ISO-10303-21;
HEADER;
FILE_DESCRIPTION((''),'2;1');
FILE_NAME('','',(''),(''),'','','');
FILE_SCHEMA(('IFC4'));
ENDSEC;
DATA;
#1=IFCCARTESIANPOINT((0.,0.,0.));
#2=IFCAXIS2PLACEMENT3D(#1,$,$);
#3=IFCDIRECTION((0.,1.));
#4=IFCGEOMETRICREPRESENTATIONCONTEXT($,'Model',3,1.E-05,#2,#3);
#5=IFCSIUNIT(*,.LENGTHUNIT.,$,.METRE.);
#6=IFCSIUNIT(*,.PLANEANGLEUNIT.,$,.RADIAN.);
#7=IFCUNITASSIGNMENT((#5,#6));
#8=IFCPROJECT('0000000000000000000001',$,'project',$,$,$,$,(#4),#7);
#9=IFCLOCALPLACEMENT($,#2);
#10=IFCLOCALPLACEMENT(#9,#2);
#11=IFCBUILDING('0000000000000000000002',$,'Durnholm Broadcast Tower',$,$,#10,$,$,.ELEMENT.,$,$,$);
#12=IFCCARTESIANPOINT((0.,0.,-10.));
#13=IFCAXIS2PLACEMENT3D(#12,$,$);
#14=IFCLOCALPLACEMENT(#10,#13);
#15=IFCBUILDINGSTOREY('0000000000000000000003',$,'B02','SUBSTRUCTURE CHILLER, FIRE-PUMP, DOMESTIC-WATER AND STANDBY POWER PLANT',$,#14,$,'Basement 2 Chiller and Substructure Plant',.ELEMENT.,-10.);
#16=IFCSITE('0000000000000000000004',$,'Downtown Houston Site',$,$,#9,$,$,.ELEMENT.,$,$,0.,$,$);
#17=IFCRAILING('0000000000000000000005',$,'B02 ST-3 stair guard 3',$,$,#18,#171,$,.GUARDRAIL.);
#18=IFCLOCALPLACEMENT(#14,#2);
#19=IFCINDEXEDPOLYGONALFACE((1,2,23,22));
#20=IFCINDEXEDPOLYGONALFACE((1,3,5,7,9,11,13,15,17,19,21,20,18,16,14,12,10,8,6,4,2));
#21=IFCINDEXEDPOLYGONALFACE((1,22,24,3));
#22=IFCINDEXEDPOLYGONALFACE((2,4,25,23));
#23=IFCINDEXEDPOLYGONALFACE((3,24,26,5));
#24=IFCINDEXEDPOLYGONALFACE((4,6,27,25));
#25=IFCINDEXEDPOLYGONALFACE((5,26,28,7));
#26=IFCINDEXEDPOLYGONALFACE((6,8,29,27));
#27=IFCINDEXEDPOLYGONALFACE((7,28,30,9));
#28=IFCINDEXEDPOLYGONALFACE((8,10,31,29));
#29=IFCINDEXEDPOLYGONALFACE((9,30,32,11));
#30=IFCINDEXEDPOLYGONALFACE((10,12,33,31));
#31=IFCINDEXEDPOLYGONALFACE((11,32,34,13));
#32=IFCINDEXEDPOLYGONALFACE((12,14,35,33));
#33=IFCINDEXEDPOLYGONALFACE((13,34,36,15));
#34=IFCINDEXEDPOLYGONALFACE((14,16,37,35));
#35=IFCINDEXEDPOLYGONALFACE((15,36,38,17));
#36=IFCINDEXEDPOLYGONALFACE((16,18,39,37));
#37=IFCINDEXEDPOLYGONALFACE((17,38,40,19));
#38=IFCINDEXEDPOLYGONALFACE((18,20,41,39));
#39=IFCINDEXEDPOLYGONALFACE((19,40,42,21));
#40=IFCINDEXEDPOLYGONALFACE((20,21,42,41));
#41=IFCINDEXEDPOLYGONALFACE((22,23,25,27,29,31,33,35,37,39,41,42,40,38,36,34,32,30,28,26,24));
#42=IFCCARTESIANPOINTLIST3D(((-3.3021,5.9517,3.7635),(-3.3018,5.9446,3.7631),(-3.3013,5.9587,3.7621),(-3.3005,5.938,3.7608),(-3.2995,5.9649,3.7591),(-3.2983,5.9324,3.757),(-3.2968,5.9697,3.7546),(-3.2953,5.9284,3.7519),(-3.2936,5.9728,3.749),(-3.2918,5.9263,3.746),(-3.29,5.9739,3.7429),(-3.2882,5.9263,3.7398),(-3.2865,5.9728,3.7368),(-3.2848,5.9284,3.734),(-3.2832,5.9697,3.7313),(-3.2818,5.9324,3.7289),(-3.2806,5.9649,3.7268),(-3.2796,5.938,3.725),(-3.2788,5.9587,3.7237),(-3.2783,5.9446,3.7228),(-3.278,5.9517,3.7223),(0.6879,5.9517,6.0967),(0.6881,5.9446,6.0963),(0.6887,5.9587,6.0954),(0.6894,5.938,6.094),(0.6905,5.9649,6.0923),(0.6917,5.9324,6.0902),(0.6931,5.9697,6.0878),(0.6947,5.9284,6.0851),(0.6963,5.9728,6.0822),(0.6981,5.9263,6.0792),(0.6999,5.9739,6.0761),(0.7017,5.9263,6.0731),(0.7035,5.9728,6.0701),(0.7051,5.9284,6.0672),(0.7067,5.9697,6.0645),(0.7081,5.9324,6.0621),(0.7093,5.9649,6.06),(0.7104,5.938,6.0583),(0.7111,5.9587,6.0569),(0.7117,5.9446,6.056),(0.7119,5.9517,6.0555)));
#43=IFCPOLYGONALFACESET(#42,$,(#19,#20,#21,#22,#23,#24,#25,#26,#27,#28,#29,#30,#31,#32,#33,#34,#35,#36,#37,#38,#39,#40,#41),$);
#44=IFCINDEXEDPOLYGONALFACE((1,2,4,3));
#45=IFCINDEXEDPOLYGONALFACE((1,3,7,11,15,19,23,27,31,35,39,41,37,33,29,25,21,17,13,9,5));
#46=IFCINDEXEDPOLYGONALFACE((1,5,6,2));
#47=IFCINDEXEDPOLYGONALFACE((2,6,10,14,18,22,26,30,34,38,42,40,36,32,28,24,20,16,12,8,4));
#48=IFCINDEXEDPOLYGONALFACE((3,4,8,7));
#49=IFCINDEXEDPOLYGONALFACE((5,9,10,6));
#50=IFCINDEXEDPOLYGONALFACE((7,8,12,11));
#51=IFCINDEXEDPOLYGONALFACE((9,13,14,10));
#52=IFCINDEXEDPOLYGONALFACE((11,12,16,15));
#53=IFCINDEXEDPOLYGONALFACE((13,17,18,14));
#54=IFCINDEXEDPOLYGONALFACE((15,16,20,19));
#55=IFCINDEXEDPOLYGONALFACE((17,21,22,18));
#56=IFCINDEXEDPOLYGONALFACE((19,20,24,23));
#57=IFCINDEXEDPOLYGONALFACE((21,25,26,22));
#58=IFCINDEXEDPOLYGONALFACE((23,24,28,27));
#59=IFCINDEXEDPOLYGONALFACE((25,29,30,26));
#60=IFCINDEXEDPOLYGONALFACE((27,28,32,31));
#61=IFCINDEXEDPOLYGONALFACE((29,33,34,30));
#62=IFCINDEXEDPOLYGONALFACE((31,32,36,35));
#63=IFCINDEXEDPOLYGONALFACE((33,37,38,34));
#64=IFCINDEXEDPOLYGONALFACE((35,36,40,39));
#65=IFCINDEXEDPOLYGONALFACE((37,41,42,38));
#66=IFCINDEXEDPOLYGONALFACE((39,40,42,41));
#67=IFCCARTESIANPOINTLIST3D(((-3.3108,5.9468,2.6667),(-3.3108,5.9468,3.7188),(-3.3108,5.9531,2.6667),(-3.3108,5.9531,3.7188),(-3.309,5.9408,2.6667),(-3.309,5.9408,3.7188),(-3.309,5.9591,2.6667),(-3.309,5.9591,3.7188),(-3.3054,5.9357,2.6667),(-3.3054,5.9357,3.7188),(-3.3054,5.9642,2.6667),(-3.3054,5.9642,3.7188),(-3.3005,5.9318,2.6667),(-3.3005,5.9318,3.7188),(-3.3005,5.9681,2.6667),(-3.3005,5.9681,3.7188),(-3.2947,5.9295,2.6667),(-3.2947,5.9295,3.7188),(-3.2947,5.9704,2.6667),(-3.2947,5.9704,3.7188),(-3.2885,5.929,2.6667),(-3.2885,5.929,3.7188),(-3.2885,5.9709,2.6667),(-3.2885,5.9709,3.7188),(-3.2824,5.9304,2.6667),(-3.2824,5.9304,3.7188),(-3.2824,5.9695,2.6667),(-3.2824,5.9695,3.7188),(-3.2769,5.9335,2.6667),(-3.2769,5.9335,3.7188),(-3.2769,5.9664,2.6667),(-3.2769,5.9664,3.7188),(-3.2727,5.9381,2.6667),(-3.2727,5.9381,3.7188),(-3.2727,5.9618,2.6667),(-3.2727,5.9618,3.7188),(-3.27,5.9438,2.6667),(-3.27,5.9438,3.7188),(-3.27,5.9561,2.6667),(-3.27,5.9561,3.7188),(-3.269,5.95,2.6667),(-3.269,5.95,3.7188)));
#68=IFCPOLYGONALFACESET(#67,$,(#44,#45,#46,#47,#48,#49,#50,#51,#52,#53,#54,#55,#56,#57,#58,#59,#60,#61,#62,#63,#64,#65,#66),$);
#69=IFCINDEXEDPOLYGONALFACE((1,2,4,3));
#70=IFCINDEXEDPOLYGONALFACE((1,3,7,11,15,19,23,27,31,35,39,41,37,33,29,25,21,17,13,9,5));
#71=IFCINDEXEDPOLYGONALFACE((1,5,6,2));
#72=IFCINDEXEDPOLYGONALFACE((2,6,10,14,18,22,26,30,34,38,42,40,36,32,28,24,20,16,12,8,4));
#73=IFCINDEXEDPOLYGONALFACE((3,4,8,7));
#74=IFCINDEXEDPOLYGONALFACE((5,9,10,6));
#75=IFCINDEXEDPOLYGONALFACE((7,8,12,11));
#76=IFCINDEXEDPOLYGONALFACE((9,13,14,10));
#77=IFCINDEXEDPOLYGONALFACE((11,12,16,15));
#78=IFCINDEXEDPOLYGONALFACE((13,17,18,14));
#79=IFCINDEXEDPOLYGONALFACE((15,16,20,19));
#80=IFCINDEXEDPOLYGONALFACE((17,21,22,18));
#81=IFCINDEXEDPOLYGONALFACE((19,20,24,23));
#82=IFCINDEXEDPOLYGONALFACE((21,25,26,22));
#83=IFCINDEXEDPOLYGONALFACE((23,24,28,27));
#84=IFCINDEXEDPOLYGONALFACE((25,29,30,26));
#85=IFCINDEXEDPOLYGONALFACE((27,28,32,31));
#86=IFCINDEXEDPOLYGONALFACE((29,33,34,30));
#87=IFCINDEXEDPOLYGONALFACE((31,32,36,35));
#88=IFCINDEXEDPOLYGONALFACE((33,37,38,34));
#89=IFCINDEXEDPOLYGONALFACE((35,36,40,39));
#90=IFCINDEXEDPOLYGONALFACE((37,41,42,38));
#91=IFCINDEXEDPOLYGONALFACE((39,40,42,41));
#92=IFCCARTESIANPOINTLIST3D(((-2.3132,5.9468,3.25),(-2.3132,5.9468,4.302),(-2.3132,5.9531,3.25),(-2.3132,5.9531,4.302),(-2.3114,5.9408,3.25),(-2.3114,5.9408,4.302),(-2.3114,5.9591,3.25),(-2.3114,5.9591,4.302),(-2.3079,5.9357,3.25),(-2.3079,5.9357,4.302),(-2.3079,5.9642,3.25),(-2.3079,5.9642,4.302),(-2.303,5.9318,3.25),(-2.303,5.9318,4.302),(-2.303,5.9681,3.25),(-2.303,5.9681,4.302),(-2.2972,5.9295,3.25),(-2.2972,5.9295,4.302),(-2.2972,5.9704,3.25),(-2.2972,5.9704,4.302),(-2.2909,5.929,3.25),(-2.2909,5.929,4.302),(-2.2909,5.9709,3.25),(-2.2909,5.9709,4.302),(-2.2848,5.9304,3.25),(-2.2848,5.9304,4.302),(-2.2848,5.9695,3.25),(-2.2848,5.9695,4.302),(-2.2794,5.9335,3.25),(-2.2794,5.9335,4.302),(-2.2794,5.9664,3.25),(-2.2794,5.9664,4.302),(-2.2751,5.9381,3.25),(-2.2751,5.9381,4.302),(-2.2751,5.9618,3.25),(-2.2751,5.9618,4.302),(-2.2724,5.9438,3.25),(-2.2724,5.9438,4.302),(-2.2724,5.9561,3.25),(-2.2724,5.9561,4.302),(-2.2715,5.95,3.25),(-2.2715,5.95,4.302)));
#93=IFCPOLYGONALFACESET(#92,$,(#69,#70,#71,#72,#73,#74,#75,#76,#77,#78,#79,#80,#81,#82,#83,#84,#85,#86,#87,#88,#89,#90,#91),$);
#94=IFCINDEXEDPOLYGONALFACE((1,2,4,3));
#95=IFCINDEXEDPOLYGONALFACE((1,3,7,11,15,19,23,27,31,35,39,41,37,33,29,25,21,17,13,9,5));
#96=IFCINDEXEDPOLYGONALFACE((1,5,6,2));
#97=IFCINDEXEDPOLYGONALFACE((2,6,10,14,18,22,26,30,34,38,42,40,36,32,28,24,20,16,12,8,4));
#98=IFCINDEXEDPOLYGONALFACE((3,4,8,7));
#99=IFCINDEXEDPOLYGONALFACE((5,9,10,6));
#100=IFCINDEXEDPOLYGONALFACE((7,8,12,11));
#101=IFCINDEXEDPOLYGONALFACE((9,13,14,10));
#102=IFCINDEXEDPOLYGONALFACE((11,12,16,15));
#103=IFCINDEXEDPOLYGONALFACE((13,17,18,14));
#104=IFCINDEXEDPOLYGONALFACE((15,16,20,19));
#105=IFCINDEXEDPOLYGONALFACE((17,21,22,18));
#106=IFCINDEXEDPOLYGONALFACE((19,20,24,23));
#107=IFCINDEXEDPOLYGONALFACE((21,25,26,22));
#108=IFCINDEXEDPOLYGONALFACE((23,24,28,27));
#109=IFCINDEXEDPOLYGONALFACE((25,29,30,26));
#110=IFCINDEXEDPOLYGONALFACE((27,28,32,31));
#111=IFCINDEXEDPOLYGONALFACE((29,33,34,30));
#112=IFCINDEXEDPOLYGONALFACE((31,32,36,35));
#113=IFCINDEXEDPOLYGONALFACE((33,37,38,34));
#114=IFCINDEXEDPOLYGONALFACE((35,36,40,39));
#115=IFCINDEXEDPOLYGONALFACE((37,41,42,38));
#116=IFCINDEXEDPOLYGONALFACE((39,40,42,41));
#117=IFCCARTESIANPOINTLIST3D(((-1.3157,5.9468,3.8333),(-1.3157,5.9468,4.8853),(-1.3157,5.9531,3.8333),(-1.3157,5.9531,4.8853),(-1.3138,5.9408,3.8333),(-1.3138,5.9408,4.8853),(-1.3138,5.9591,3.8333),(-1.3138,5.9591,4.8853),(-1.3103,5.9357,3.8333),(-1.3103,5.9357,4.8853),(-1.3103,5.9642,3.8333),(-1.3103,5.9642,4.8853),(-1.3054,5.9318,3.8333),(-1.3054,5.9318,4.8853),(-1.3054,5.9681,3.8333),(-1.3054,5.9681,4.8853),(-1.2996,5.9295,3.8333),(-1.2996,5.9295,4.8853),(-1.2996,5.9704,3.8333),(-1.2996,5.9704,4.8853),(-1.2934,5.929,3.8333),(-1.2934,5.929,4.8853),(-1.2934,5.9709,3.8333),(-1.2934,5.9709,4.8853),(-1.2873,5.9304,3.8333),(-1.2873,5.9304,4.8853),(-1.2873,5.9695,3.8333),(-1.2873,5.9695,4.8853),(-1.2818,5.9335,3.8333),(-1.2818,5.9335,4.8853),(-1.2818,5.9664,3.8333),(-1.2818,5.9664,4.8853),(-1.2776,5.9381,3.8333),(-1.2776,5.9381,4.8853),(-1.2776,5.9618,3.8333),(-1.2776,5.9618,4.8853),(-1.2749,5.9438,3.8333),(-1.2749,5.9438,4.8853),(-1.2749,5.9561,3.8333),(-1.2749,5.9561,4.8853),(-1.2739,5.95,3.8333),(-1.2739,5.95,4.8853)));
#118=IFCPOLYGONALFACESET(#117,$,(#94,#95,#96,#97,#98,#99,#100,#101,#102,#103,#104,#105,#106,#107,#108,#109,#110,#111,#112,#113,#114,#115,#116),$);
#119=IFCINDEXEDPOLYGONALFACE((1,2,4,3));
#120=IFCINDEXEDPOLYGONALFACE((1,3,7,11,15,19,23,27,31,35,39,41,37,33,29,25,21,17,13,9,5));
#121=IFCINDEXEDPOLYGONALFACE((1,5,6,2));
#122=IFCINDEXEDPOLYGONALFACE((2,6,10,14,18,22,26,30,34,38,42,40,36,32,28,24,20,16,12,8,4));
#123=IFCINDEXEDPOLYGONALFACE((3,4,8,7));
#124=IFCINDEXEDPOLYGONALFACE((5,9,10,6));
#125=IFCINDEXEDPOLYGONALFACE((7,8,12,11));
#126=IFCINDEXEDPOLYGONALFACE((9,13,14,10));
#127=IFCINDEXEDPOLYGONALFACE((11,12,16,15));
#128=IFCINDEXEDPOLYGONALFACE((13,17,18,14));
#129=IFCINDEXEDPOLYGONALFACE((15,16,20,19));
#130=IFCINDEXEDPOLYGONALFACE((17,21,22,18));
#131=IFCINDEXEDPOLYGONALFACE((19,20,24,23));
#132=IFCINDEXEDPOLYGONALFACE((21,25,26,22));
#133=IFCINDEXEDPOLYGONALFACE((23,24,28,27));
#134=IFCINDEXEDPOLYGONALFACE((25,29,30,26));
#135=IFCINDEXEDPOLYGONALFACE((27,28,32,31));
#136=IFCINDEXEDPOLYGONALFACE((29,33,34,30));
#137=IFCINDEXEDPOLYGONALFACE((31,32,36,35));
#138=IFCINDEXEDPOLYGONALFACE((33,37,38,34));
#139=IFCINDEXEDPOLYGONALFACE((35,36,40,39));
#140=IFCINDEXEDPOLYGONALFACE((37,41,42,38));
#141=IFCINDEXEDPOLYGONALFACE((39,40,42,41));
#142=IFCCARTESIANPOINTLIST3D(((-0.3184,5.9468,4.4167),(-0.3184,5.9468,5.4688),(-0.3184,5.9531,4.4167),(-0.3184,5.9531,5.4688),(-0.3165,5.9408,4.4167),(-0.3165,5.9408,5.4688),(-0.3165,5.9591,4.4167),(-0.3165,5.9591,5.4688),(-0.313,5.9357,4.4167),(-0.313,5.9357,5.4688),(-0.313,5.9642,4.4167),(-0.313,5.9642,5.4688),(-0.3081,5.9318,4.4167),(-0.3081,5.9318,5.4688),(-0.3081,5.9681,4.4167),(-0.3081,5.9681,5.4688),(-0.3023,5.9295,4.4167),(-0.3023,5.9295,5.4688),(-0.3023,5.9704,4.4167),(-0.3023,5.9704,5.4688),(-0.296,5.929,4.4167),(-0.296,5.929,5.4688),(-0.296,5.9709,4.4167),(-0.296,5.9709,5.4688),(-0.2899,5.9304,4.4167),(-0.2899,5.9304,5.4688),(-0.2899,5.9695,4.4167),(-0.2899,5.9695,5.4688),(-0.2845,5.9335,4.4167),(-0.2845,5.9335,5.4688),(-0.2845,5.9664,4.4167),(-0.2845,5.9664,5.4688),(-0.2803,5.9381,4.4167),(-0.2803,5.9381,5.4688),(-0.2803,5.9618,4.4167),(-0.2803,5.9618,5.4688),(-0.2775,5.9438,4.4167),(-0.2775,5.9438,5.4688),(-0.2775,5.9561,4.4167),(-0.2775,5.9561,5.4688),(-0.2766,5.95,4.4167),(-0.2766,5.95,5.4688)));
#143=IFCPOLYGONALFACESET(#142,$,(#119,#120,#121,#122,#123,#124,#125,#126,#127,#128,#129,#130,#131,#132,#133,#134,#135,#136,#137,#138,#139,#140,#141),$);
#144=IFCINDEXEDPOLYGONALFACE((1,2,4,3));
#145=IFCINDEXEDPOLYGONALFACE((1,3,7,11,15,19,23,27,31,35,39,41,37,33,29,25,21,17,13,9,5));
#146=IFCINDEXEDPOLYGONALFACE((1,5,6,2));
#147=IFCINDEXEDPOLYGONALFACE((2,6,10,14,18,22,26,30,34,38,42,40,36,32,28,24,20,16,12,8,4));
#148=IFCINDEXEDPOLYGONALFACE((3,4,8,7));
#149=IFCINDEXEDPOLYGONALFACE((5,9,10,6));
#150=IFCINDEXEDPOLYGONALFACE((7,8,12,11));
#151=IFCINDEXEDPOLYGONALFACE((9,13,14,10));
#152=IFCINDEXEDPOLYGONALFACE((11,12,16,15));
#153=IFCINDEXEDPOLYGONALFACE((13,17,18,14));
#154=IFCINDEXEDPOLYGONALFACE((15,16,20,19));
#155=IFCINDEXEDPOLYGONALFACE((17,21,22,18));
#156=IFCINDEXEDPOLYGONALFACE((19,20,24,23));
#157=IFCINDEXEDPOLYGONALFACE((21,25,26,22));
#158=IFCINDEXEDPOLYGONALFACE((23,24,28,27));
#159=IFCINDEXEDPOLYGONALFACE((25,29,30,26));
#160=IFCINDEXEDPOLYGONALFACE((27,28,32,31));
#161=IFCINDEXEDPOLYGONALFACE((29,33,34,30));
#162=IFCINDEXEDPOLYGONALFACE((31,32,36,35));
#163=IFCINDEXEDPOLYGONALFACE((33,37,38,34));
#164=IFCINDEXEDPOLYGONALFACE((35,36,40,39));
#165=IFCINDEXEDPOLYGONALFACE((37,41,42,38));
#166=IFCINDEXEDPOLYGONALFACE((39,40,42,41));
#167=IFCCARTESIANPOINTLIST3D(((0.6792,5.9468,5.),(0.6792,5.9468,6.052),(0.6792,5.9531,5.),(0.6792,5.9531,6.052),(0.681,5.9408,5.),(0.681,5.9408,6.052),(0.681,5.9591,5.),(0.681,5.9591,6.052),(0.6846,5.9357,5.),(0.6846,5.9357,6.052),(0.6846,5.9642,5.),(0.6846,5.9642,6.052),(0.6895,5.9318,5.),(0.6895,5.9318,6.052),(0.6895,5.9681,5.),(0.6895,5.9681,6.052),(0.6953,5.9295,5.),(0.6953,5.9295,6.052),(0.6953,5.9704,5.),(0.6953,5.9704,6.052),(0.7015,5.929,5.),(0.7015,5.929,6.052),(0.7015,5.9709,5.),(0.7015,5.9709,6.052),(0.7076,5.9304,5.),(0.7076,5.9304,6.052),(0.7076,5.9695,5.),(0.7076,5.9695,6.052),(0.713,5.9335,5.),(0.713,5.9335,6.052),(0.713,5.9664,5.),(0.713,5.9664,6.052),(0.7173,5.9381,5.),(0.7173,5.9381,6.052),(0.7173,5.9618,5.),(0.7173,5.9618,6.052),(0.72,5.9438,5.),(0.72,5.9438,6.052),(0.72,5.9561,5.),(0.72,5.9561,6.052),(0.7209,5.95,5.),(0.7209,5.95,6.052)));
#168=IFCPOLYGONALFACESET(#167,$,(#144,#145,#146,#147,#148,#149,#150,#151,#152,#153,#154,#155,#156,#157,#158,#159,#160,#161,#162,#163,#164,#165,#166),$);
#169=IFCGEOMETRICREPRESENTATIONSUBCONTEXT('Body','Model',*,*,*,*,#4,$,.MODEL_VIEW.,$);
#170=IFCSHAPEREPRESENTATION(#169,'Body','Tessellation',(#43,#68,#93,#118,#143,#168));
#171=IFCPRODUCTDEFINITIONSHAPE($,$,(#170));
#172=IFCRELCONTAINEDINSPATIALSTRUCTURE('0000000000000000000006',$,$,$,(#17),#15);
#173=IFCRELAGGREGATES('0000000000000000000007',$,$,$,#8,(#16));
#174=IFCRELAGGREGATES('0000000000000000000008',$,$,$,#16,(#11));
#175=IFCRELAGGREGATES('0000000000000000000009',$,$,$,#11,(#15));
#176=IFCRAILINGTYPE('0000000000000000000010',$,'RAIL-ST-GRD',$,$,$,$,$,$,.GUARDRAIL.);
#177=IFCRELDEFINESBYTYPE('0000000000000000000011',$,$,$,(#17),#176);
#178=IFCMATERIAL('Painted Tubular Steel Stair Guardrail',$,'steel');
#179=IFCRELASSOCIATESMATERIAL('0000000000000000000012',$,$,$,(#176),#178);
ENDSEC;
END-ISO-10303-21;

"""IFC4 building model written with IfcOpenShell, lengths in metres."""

from ifc_helpers import new_model, si_unit, direction, frame, origin, origin_2d, place, context, subcontext, project, spatial, circle, extrude, material, type_object, element, save


model = new_model("IFC4")

# Units and contexts
model_context = context("Model", 3, precision=1e-05, world=origin(), true_north=direction((0.0, 1.0)))
body_context = subcontext(model_context, "Body", "Model", "MODEL_VIEW")
ifc_project = project(units=[si_unit("LENGTHUNIT", "METRE"), si_unit("PLANEANGLEUNIT", "RADIAN")], contexts=[model_context])

# Site, building, storey
site_placement = place(None, origin())
site = spatial("IfcSite", under=ifc_project, at=site_placement, Name="Downtown Houston Site", CompositionType="ELEMENT", RefElevation=0.0)
building_placement = place(site_placement, origin())
building = spatial("IfcBuilding", under=site, at=building_placement, Name="Durnholm Broadcast Tower", CompositionType="ELEMENT")
storey_placement = place(building_placement, frame((0.0, 0.0, -10.0)))
storey = spatial("IfcBuildingStorey", under=building, at=storey_placement, Name="B02", Description="SUBSTRUCTURE CHILLER, FIRE-PUMP, DOMESTIC-WATER AND STANDBY POWER PLANT", LongName="Basement 2 Chiller and Substructure Plant", CompositionType="ELEMENT", Elevation=-10.0)

# Railing
ifc_material_1 = material(Name="Painted Tubular Steel Stair Guardrail", Category="steel")
railing_type_1 = type_object("IfcRailingType", Name="RAIL-ST-GRD", PredefinedType="GUARDRAIL", material=ifc_material_1)
railing_1_placement = place(storey_placement, frame((-3.29, 5.95, 2.6667)))
element("IfcRailing", 1, at=railing_1_placement, inside=storey, type_object=railing_type_1, Name="B02 ST-3 stair guard 3", PredefinedType="GUARDRAIL", context=body_context, shape_type="SweptSolid", body=[
    extrude(circle(Radius=0.0239, at=origin_2d()), frame((0.0, 0.0, 1.0762), z_axis=(0.863236, 0.0, 0.5048), x_axis=(0.0, 1.0, 0.0)), (0.0, 0.0, 1.0), 4.6221),
    extrude(circle(Radius=0.021, at=origin_2d()), origin(), (0.0, 0.0, 1.0), 1.052),
    extrude(circle(Radius=0.021, at=origin_2d()), frame((0.9976, 0.0, 0.5833)), (0.0, 0.0, 1.0), 1.052),
    extrude(circle(Radius=0.021, at=origin_2d()), frame((1.9951, 0.0, 1.1665)), (0.0, 0.0, 1.0), 1.052),
    extrude(circle(Radius=0.021, at=origin_2d()), frame((2.9924, 0.0, 1.75)), (0.0, 0.0, 1.0), 1.052),
    extrude(circle(Radius=0.021, at=origin_2d()), frame((3.99, 0.0, 2.3333)), (0.0, 0.0, 1.0), 1.052),
])

save(model, "model.ifc")
